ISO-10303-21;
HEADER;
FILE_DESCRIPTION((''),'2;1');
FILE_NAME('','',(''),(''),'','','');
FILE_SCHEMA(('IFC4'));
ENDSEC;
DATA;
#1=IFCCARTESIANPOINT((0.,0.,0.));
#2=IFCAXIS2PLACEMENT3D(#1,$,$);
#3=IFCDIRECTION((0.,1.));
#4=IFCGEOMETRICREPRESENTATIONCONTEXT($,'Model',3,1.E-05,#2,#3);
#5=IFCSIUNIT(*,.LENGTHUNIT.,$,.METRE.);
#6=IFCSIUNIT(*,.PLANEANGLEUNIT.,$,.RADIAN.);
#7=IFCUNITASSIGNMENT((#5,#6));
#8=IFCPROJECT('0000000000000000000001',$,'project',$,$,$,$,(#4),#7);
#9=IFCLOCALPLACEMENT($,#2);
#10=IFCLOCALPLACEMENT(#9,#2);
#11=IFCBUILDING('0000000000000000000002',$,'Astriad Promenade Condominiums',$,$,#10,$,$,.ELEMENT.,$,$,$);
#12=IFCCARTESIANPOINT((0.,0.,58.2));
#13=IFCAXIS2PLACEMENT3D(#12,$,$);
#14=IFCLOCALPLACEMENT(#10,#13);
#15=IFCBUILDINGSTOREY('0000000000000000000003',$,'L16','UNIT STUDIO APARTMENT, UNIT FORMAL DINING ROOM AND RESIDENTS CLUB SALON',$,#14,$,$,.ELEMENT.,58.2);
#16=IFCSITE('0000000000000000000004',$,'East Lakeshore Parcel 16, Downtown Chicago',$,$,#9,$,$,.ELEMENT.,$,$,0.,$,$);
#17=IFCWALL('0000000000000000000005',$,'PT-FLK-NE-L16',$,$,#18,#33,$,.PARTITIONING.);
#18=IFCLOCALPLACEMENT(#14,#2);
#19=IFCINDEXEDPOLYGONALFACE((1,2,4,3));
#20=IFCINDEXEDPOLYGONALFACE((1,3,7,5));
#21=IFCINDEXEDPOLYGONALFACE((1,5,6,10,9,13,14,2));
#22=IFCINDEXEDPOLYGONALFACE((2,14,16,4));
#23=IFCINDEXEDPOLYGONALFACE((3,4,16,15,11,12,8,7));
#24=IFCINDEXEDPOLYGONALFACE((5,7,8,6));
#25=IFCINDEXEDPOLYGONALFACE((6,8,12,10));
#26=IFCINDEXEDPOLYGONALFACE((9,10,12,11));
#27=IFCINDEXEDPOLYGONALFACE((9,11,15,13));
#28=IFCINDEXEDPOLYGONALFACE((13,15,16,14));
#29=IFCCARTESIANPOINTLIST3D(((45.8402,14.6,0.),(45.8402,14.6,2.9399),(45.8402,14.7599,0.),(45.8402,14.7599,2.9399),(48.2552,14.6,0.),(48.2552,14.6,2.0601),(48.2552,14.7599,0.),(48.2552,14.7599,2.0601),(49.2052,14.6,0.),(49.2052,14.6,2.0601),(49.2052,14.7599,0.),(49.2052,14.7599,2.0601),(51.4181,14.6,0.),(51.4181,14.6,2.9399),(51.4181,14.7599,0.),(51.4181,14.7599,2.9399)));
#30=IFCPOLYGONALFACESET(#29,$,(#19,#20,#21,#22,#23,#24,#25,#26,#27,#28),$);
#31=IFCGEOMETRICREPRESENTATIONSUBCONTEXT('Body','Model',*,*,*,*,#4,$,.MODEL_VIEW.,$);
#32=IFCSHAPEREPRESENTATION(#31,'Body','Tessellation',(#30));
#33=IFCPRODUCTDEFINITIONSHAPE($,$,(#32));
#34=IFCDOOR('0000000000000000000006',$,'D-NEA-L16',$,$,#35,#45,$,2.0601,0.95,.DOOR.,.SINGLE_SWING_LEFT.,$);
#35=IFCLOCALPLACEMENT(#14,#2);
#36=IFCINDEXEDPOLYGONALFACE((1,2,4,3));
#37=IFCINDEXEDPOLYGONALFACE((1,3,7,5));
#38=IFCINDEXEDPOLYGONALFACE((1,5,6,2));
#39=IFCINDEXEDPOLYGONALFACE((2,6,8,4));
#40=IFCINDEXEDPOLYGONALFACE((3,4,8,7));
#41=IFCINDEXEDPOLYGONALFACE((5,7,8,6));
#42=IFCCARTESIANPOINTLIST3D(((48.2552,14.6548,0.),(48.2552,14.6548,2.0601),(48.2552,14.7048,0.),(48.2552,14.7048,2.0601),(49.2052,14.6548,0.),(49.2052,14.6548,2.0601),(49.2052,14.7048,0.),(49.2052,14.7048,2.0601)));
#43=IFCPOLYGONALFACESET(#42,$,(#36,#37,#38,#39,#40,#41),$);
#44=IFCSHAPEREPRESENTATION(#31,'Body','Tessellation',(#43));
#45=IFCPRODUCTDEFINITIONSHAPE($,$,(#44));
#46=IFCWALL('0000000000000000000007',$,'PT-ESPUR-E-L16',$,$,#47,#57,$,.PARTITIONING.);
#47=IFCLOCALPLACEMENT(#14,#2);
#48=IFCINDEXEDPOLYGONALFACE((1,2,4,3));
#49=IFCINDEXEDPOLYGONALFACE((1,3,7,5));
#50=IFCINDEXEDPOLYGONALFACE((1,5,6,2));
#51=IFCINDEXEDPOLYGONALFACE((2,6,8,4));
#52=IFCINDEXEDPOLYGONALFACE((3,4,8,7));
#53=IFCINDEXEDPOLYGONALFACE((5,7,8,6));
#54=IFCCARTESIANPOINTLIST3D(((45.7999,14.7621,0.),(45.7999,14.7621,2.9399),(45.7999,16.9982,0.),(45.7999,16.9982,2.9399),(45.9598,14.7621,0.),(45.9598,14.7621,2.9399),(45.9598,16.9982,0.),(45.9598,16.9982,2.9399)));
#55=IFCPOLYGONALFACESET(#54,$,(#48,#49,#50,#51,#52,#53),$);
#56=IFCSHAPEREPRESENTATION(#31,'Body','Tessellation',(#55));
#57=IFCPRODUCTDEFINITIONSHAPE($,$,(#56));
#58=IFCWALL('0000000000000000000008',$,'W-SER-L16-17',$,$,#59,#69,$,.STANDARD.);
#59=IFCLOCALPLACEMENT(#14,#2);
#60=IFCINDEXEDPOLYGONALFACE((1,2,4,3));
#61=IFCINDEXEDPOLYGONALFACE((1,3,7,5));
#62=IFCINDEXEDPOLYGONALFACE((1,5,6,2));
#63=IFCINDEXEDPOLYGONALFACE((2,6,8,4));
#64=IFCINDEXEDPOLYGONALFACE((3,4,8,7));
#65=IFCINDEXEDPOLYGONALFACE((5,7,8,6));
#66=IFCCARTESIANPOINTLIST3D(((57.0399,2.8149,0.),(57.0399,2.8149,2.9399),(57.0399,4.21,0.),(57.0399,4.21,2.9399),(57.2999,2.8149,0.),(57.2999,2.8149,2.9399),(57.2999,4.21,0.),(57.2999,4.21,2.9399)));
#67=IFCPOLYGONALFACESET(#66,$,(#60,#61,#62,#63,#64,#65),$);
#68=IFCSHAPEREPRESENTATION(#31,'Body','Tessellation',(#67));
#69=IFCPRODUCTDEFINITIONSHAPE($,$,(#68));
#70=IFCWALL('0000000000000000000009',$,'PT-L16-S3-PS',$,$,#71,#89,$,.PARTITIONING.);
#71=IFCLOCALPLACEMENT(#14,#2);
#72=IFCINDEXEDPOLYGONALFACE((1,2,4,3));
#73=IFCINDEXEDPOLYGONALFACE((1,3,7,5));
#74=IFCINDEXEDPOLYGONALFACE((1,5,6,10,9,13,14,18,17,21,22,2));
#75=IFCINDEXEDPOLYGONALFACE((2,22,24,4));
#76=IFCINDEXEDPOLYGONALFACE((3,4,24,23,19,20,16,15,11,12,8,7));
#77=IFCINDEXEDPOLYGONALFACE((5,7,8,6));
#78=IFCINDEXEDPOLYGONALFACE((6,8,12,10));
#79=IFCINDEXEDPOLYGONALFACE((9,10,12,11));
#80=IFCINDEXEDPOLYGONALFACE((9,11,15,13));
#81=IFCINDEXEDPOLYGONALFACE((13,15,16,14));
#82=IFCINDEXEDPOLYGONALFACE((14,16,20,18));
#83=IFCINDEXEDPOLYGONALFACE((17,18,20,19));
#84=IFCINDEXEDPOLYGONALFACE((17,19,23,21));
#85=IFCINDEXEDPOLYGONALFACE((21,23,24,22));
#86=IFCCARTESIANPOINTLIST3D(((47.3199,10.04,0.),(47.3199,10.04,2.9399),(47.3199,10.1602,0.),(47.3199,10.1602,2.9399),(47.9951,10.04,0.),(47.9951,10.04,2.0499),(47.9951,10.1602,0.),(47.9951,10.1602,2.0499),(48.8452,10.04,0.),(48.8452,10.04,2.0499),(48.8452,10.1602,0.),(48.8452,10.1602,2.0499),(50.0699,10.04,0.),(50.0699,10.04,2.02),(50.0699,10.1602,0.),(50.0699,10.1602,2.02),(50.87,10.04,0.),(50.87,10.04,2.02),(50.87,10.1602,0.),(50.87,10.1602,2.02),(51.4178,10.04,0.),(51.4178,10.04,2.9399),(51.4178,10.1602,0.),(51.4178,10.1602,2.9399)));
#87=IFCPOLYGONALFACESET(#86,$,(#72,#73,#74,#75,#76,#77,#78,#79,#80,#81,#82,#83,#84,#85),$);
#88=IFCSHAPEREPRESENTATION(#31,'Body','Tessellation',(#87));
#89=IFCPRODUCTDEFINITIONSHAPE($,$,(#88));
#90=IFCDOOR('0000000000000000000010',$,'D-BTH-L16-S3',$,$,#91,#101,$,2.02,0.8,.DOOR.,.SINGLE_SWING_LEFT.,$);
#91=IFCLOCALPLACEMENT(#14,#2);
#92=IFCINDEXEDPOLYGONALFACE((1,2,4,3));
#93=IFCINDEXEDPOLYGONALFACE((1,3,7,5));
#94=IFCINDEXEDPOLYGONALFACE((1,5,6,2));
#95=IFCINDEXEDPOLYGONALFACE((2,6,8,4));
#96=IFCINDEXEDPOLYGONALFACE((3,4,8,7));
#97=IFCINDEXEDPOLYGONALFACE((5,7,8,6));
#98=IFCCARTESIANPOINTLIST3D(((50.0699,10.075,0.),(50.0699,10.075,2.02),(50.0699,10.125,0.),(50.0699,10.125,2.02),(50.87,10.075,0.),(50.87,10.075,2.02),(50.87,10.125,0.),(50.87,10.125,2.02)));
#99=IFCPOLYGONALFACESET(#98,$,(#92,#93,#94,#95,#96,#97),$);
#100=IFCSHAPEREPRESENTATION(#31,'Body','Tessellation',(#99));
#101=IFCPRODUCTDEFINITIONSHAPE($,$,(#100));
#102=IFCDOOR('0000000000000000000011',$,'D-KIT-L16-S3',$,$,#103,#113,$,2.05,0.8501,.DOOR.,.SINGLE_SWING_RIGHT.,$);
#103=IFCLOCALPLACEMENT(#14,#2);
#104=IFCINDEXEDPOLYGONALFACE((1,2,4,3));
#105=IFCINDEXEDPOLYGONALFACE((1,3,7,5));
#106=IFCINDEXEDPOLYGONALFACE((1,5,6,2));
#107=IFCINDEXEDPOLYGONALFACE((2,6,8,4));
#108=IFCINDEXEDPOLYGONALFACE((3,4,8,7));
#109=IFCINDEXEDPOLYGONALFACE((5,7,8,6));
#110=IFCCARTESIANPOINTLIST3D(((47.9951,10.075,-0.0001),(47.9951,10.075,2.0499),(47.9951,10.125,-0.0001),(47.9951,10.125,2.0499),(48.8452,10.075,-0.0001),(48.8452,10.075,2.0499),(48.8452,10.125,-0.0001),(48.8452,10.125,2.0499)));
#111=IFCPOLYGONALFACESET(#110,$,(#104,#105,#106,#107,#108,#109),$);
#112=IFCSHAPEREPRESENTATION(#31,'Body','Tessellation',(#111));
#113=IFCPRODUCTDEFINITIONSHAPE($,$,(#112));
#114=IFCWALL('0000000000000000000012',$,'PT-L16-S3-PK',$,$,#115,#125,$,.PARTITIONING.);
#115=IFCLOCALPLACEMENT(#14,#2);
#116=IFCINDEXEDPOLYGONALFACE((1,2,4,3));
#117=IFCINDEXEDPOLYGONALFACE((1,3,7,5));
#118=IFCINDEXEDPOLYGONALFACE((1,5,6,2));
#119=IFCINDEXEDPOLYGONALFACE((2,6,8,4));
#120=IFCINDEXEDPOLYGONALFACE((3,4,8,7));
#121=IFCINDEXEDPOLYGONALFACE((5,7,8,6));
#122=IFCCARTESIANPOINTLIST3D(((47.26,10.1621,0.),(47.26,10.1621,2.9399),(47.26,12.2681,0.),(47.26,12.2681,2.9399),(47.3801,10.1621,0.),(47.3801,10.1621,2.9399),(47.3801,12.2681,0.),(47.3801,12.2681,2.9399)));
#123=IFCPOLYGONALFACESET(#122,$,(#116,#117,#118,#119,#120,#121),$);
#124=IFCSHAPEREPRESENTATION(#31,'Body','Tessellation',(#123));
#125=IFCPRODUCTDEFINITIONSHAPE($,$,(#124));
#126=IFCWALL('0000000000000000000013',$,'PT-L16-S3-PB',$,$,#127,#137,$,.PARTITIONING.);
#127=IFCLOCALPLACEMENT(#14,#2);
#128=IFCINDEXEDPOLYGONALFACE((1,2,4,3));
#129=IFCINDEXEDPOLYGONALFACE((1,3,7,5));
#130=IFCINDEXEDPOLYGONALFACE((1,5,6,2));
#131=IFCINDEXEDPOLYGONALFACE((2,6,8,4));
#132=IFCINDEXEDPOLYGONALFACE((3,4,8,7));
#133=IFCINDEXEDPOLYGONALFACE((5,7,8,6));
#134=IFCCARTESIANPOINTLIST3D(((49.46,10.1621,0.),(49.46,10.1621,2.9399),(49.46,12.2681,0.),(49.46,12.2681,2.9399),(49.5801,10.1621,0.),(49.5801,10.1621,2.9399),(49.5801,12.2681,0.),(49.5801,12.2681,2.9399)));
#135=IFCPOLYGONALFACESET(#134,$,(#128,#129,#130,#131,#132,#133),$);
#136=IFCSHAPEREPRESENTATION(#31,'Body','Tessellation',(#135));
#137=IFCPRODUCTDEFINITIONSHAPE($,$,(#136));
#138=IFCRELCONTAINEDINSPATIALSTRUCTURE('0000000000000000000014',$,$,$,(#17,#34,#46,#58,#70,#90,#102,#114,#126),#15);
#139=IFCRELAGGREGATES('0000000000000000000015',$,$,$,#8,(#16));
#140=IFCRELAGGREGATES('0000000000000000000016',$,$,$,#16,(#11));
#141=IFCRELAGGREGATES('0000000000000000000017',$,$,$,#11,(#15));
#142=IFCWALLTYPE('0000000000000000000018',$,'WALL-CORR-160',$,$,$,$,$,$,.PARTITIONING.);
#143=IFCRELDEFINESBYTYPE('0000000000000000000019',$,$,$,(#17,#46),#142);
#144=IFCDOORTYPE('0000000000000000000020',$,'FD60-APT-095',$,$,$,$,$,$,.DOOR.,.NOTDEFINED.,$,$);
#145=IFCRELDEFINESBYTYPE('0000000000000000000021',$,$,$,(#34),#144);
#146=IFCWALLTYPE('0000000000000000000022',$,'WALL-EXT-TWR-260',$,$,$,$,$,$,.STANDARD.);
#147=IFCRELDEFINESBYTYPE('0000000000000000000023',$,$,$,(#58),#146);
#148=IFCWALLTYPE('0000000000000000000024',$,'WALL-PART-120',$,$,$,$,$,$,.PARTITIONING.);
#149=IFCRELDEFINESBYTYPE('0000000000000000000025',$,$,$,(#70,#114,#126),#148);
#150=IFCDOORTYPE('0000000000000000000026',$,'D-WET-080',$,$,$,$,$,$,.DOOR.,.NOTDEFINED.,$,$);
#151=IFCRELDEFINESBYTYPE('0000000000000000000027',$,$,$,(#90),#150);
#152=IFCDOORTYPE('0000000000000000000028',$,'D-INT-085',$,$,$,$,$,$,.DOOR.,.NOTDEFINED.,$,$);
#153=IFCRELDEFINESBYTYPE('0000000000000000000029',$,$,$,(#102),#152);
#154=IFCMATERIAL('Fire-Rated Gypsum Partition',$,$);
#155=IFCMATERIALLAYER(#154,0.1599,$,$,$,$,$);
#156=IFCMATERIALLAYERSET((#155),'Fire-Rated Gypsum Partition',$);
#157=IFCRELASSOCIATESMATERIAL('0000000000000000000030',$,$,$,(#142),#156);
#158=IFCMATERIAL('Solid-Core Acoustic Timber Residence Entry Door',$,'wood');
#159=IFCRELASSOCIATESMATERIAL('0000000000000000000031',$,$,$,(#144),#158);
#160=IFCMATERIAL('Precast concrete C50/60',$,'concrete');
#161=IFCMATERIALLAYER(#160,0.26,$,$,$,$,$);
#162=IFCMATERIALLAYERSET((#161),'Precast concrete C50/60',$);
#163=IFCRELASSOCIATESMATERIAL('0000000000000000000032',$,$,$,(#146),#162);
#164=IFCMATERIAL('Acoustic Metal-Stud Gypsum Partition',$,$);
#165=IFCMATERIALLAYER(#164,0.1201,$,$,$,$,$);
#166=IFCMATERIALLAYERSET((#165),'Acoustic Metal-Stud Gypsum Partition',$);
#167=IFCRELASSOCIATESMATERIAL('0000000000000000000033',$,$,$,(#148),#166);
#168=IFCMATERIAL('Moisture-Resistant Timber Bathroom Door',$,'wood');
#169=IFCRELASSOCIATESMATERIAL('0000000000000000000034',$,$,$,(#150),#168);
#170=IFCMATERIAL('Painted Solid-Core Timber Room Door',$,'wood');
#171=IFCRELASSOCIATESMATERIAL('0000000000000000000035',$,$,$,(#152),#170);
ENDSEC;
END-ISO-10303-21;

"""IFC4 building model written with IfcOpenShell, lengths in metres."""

from ifc_helpers import new_model, si_unit, direction, frame, frame_2d, origin, place, context, subcontext, project, spatial, rectangle, extrude, source, transform, mapped, material, layer, layer_set, type_object, type_shapes, element, fill, save


model = new_model("IFC4")

# Units and contexts
model_context = context("Model", 3, precision=1e-05, world=origin(), true_north=direction((0.0, 1.0)))
body_context = subcontext(model_context, "Body", "Model", "MODEL_VIEW")
ifc_project = project(units=[si_unit("LENGTHUNIT", "METRE"), si_unit("PLANEANGLEUNIT", "RADIAN")], contexts=[model_context])

# Site, building, storey
site_placement = place(None, origin())
site = spatial("IfcSite", under=ifc_project, at=site_placement, Name="East Lakeshore Parcel 16, Downtown Chicago", CompositionType="ELEMENT", RefElevation=0.0)
building_placement = place(site_placement, origin())
building = spatial("IfcBuilding", under=site, at=building_placement, Name="Astriad Promenade Condominiums", CompositionType="ELEMENT")
storey_placement = place(building_placement, frame((0.0, 0.0, 58.2)))
storey = spatial("IfcBuildingStorey", under=building, at=storey_placement, Name="L16", Description="UNIT STUDIO APARTMENT, UNIT FORMAL DINING ROOM AND RESIDENTS CLUB SALON", CompositionType="ELEMENT", Elevation=58.2)

# Shared definitions
ifc_material_1 = material(Name="Fire-Rated Gypsum Partition")
ifc_layer_1 = layer(ifc_material_1, 0.1599)
ifc_layer_set_1 = layer_set([ifc_layer_1], Name="Fire-Rated Gypsum Partition")
wall_type_1 = type_object("IfcWallType", Name="WALL-CORR-160", PredefinedType="PARTITIONING", material=ifc_layer_set_1)

# Wall, opening, door
ifc_material_2 = material(Name="Solid-Core Acoustic Timber Residence Entry Door", Category="wood")
door_type_1 = type_object("IfcDoorType", Name="FD60-APT-095", OperationType="NOTDEFINED", PredefinedType="DOOR", material=ifc_material_2)
shared_shape_1 = source(origin(), body_context, "Body", "SweptSolid", [
    extrude(rectangle(XDim=0.95, YDim=2.0601, at=frame_2d((0.4751, 1.03))), frame((0.0, 0.0249, 0.0), z_axis=(0.0, -1.0, 0.0), x_axis=(1.0, 0.0, 0.0)), (0.0, 0.0, 1.0), 0.05),
])
type_shapes(door_type_1, [shared_shape_1])
wall_1_placement = place(storey_placement, frame((45.8401, 14.6799, 0.0), z_axis=(0.0, 0.0, 1.0), x_axis=(1.0, 0.0, 0.0)))
wall_1 = element("IfcWall", 1, at=wall_1_placement, inside=storey, type_object=wall_type_1, Name="PT-FLK-NE-L16", PredefinedType="PARTITIONING", context=body_context, shape_type="SweptSolid", body=[
    extrude(rectangle(XDim=5.5779, YDim=0.1599, at=frame_2d((2.7891, 0.0))), origin(), (0.0, 0.0, 1.0), 2.9399),
])
opening_1_placement = place(wall_1_placement, frame((2.415, 0.0, 0.0)))
opening_1 = element("IfcOpeningElement", 2, at=opening_1_placement, cuts=wall_1, PredefinedType="OPENING", context=body_context, shape_type="SweptSolid", body=[
    extrude(rectangle(XDim=0.95, YDim=2.0601, at=frame_2d((0.4751, 1.03))), frame((0.0, 0.0898, 0.0), z_axis=(0.0, -1.0, 0.0), x_axis=(1.0, 0.0, 0.0)), (0.0, 0.0, 1.0), 0.1799),
])
door_1_placement = place(opening_1_placement, origin())
door_1 = element("IfcDoor", 3, at=door_1_placement, inside=storey, type_object=door_type_1, Name="D-NEA-L16", OperationType="SINGLE_SWING_LEFT", OverallHeight=2.0601, OverallWidth=0.95, PredefinedType="DOOR", context=body_context, shape_type="MappedRepresentation", body=[
    mapped(shared_shape_1, transform((0.0, 0.0, 0.0), scale=1.0)),
])
fill(opening_1, door_1)

# Walls
wall_2_placement = place(storey_placement, frame((45.8799, 14.762, 0.0), z_axis=(0.0, 0.0, 1.0), x_axis=(0.0, 1.0, 0.0)))
element("IfcWall", 4, at=wall_2_placement, inside=storey, type_object=wall_type_1, Name="PT-ESPUR-E-L16", PredefinedType="PARTITIONING", context=body_context, shape_type="SweptSolid", body=[
    extrude(rectangle(XDim=2.2361, YDim=0.1599, at=frame_2d((1.1182, 0.0))), origin(), (0.0, 0.0, 1.0), 2.9399),
])
ifc_material_3 = material(Name="Precast concrete C50/60", Category="concrete")
ifc_layer_2 = layer(ifc_material_3, 0.26)
ifc_layer_set_2 = layer_set([ifc_layer_2], Name="Precast concrete C50/60")
wall_type_2 = type_object("IfcWallType", Name="WALL-EXT-TWR-260", PredefinedType="STANDARD", material=ifc_layer_set_2)
wall_3_placement = place(storey_placement, frame((57.1699, 4.21, 0.0), z_axis=(0.0, 0.0, 1.0), x_axis=(0.0, -1.0, 0.0)))
element("IfcWall", 5, at=wall_3_placement, inside=storey, type_object=wall_type_2, Name="W-SER-L16-17", PredefinedType="STANDARD", context=body_context, shape_type="SweptSolid", body=[
    extrude(rectangle(XDim=1.395, YDim=0.26, at=frame_2d((0.6975, 0.0))), origin(), (0.0, 0.0, 1.0), 2.9399),
])

# Wall, openings, doors
ifc_material_4 = material(Name="Acoustic Metal-Stud Gypsum Partition")
ifc_layer_3 = layer(ifc_material_4, 0.1201)
ifc_layer_set_3 = layer_set([ifc_layer_3], Name="Acoustic Metal-Stud Gypsum Partition")
wall_type_3 = type_object("IfcWallType", Name="WALL-PART-120", PredefinedType="PARTITIONING", material=ifc_layer_set_3)
wall_4_placement = place(storey_placement, frame((47.3201, 10.1001, 0.0), z_axis=(0.0, 0.0, 1.0), x_axis=(1.0, 0.0, 0.0)))
wall_4 = element("IfcWall", 6, at=wall_4_placement, inside=storey, type_object=wall_type_3, Name="PT-L16-S3-PS", PredefinedType="PARTITIONING", context=body_context, shape_type="SweptSolid", body=[
    extrude(rectangle(XDim=4.0979, YDim=0.1201, at=frame_2d((2.0488, 0.0))), origin(), (0.0, 0.0, 1.0), 2.9399),
])
opening_2_placement = place(wall_4_placement, frame((0.675, 0.0, 0.0)))
opening_2 = element("IfcOpeningElement", 7, at=opening_2_placement, cuts=wall_4, PredefinedType="OPENING", context=body_context, shape_type="SweptSolid", body=[
    extrude(rectangle(XDim=0.8501, YDim=2.05, at=frame_2d((0.425, 1.0249))), frame((0.0, 0.0701, 0.0), z_axis=(0.0, -1.0, 0.0), x_axis=(1.0, 0.0, 0.0)), (0.0, 0.0, 1.0), 0.1401),
])
opening_3_placement = place(wall_4_placement, frame((2.75, 0.0, 0.0)))
opening_3 = element("IfcOpeningElement", 8, at=opening_3_placement, cuts=wall_4, PredefinedType="OPENING", context=body_context, shape_type="SweptSolid", body=[
    extrude(rectangle(XDim=0.8, YDim=2.02, at=frame_2d((0.3999, 1.01))), frame((0.0, 0.0701, 0.0), z_axis=(0.0, -1.0, 0.0), x_axis=(1.0, 0.0, 0.0)), (0.0, 0.0, 1.0), 0.1401),
])
ifc_material_5 = material(Name="Moisture-Resistant Timber Bathroom Door", Category="wood")
door_type_2 = type_object("IfcDoorType", Name="D-WET-080", OperationType="NOTDEFINED", PredefinedType="DOOR", material=ifc_material_5)
shared_shape_2 = source(origin(), body_context, "Body", "SweptSolid", [
    extrude(rectangle(XDim=0.8, YDim=2.02, at=frame_2d((0.3999, 1.01))), frame((0.0, 0.0249, 0.0), z_axis=(0.0, -1.0, 0.0), x_axis=(1.0, 0.0, 0.0)), (0.0, 0.0, 1.0), 0.05),
])
type_shapes(door_type_2, [shared_shape_2])
door_2_placement = place(opening_3_placement, origin())
door_2 = element("IfcDoor", 9, at=door_2_placement, inside=storey, type_object=door_type_2, Name="D-BTH-L16-S3", OperationType="SINGLE_SWING_LEFT", OverallHeight=2.02, OverallWidth=0.8, PredefinedType="DOOR", context=body_context, shape_type="MappedRepresentation", body=[
    mapped(shared_shape_2, transform((0.0, 0.0, 0.0), scale=1.0)),
])
fill(opening_3, door_2)
ifc_material_6 = material(Name="Painted Solid-Core Timber Room Door", Category="wood")
door_type_3 = type_object("IfcDoorType", Name="D-INT-085", OperationType="NOTDEFINED", PredefinedType="DOOR", material=ifc_material_6)
shared_shape_3 = source(origin(), body_context, "Body", "SweptSolid", [
    extrude(rectangle(XDim=0.8501, YDim=2.05, at=frame_2d((0.425, 1.0249))), frame((0.0, 0.0249, 0.0), z_axis=(0.0, -1.0, 0.0), x_axis=(1.0, 0.0, 0.0)), (0.0, 0.0, 1.0), 0.05),
])
type_shapes(door_type_3, [shared_shape_3])
door_3_placement = place(opening_2_placement, origin())
door_3 = element("IfcDoor", 10, at=door_3_placement, inside=storey, type_object=door_type_3, Name="D-KIT-L16-S3", OperationType="SINGLE_SWING_RIGHT", OverallHeight=2.05, OverallWidth=0.8501, PredefinedType="DOOR", context=body_context, shape_type="MappedRepresentation", body=[
    mapped(shared_shape_3, transform((0.0, 0.0, 0.0), scale=1.0)),
])
fill(opening_2, door_3)

# Walls
for number, where, z_axis, x_axis, name in (
    (11, (47.3201, 10.1621, 0.0), (0.0, 0.0, 1.0), (0.0, 1.0, 0.0), "PT-L16-S3-PK"),
    (12, (49.52, 10.1621, 0.0), (0.0, 0.0, 1.0), (0.0, 1.0, 0.0), "PT-L16-S3-PB"),
):
    element("IfcWall", number, at=place(storey_placement, frame(where, z_axis=z_axis, x_axis=x_axis)), inside=storey, type_object=wall_type_3, Name=name, PredefinedType="PARTITIONING", context=body_context, shape_type="SweptSolid", body=[
        extrude(rectangle(XDim=2.106, YDim=0.1201, at=frame_2d((1.053, 0.0))), origin(), (0.0, 0.0, 1.0), 2.9399),
    ])

save(model, "model.ifc")
